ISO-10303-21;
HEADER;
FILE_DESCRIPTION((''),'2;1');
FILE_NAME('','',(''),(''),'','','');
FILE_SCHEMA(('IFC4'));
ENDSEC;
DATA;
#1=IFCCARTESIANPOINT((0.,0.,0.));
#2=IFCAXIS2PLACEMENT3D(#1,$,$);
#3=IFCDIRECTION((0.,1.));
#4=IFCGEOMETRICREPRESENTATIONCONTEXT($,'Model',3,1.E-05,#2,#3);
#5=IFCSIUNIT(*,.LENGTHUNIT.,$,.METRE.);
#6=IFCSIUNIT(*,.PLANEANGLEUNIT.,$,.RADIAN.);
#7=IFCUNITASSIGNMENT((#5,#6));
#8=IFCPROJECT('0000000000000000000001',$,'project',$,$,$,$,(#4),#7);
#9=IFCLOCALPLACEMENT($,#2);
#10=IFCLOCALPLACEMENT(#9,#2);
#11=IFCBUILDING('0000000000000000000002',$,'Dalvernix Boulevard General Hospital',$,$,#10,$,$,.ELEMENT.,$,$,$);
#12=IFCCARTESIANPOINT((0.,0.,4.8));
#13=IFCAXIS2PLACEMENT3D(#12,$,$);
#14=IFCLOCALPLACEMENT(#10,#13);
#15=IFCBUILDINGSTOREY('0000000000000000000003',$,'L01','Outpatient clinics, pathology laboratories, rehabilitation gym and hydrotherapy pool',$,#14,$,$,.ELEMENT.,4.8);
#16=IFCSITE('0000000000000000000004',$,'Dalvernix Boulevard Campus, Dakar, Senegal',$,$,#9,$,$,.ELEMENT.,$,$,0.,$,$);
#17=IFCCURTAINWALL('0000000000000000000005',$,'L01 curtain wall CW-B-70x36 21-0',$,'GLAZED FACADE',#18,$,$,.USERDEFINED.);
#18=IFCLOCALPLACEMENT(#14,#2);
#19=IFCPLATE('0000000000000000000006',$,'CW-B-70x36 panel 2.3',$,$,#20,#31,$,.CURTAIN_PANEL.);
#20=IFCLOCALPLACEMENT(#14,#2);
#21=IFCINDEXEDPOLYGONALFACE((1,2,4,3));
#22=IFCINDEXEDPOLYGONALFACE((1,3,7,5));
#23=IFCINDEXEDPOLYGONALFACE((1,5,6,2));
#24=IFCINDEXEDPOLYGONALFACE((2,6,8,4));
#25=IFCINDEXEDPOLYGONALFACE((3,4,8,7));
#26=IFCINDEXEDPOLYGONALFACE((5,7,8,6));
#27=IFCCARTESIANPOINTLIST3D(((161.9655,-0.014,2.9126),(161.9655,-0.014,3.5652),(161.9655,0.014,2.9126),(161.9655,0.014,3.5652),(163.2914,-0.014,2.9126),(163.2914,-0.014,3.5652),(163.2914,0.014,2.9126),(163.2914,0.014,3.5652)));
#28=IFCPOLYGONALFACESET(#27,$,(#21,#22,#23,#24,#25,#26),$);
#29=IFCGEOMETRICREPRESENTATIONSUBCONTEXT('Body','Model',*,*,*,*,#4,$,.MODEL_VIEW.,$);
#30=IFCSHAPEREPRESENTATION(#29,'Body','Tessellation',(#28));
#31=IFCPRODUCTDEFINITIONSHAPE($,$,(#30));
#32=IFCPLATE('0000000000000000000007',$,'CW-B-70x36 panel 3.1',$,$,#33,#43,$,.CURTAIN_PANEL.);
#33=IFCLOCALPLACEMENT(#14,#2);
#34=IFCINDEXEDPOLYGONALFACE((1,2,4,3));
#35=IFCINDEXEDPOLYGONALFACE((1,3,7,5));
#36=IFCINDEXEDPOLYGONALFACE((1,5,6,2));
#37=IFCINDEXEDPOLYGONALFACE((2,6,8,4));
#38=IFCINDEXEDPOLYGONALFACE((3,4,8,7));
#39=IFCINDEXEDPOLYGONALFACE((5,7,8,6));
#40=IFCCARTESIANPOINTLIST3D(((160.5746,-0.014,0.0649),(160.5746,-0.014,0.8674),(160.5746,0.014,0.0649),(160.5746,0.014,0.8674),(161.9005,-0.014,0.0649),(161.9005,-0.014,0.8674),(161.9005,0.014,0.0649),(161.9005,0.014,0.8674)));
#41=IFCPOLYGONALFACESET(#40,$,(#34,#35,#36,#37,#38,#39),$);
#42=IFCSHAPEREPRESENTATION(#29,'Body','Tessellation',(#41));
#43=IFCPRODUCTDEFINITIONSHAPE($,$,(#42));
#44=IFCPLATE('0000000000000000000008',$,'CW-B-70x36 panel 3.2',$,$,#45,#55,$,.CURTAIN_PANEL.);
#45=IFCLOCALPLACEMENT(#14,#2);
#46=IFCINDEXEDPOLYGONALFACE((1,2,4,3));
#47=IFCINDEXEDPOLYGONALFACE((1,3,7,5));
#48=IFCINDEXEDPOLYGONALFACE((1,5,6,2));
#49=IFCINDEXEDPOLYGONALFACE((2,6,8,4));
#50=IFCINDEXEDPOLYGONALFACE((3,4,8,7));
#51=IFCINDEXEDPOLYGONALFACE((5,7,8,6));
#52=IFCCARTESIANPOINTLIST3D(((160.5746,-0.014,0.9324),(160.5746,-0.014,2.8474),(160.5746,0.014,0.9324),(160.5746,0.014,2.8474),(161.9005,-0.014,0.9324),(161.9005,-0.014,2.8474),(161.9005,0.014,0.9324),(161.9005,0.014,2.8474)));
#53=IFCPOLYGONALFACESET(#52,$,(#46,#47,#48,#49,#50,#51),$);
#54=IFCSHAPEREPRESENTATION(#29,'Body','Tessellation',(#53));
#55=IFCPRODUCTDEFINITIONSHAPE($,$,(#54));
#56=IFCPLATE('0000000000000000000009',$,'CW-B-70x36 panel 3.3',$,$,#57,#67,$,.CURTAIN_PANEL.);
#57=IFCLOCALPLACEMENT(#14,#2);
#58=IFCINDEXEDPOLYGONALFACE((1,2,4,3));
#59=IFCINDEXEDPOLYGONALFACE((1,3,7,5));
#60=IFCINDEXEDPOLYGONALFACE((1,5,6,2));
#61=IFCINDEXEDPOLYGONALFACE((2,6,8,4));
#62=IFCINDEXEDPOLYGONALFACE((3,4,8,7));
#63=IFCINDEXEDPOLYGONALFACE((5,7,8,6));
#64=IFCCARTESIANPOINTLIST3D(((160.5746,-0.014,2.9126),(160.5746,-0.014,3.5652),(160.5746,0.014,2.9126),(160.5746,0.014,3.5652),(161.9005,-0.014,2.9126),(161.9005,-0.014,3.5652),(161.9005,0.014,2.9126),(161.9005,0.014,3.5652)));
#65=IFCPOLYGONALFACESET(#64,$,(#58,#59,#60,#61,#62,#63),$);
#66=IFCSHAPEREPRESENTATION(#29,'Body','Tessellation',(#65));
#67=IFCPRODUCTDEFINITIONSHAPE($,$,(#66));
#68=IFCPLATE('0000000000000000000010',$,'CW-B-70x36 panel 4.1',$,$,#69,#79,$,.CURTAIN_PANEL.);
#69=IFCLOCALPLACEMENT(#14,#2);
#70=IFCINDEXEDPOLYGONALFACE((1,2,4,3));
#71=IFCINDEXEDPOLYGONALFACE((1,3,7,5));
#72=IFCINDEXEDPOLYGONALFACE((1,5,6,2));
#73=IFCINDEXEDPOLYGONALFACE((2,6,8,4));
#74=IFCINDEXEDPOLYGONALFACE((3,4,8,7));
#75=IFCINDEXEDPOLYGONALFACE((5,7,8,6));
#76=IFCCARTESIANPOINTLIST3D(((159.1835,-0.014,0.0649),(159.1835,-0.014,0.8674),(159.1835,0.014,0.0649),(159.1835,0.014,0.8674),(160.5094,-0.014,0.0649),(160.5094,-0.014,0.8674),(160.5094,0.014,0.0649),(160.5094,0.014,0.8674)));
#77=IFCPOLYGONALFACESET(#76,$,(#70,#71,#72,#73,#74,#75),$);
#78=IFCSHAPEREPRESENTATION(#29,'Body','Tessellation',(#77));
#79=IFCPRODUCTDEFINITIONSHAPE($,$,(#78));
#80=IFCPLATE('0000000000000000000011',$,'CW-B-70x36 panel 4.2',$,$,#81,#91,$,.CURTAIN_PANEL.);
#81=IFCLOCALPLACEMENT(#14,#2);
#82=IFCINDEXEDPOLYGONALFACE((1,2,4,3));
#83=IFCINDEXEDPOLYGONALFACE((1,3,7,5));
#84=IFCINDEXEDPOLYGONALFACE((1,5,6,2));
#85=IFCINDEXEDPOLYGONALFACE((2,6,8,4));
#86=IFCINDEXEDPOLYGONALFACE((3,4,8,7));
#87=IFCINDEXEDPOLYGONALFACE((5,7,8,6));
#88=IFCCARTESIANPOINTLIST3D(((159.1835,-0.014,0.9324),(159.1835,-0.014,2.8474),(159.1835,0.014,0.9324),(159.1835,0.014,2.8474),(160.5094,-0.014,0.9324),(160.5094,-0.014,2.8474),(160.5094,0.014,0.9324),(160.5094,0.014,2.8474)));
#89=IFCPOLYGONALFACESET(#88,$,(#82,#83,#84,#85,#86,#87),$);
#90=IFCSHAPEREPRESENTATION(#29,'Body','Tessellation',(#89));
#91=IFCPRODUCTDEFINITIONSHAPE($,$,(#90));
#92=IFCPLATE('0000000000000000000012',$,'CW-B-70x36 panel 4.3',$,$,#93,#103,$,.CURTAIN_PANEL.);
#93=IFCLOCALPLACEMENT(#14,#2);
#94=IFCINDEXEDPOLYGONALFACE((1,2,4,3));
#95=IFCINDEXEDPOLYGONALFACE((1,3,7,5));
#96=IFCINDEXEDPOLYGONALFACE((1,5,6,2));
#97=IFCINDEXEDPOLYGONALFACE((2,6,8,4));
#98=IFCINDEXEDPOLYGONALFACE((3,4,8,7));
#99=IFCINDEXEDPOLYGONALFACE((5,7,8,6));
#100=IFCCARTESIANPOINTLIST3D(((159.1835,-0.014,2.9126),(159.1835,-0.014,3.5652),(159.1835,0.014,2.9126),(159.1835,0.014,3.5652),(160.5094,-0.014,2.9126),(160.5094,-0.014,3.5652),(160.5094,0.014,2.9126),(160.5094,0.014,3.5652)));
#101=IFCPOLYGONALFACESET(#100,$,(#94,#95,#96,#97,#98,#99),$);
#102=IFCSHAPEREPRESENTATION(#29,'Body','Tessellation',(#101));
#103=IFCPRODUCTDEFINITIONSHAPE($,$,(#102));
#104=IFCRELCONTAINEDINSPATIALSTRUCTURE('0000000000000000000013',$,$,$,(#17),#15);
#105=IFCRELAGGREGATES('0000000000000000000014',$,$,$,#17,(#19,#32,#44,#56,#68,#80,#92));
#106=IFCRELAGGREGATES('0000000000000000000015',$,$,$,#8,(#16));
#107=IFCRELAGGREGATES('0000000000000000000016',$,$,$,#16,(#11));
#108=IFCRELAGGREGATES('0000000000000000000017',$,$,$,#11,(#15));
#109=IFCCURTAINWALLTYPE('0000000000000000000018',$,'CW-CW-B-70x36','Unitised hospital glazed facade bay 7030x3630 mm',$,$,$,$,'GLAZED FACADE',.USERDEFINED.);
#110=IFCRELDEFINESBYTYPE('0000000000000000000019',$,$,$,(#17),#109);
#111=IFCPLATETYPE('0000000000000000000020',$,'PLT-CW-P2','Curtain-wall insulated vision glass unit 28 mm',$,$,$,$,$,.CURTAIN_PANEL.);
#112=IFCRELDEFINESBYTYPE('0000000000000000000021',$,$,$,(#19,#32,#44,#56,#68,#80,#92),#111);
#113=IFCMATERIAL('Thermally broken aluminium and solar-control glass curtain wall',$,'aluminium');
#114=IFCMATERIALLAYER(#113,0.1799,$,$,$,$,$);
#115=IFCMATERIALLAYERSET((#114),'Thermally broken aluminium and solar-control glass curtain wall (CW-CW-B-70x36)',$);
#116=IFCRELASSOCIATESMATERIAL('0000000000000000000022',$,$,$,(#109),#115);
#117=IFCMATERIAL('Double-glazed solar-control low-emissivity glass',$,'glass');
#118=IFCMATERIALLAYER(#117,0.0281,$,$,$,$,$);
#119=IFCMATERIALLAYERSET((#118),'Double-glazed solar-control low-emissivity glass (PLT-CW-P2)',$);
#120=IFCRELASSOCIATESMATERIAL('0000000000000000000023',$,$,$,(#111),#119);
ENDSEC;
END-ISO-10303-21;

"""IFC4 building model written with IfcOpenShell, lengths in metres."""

from ifc_helpers import new_model, si_unit, direction, frame, origin, origin_2d, place, context, subcontext, project, spatial, rectangle, extrude, material, layer, layer_set, type_object, element, aggregate, save


model = new_model("IFC4")

# Units and contexts
model_context = context("Model", 3, precision=1e-05, world=origin(), true_north=direction((0.0, 1.0)))
body_context = subcontext(model_context, "Body", "Model", "MODEL_VIEW")
ifc_project = project(units=[si_unit("LENGTHUNIT", "METRE"), si_unit("PLANEANGLEUNIT", "RADIAN")], contexts=[model_context])

# Site, building, storey
site_placement = place(None, origin())
site = spatial("IfcSite", under=ifc_project, at=site_placement, Name="Dalvernix Boulevard Campus, Dakar, Senegal", CompositionType="ELEMENT", RefElevation=0.0)
building_placement = place(site_placement, origin())
building = spatial("IfcBuilding", under=site, at=building_placement, Name="Dalvernix Boulevard General Hospital", CompositionType="ELEMENT")
storey_placement = place(building_placement, frame((0.0, 0.0, 4.8)))
storey = spatial("IfcBuildingStorey", under=building, at=storey_placement, Name="L01", Description="Outpatient clinics, pathology laboratories, rehabilitation gym and hydrotherapy pool", CompositionType="ELEMENT", Elevation=4.8)

# Curtain wall, plates
ifc_material_1 = material(Name="Thermally broken aluminium and solar-control glass curtain wall", Category="aluminium")
ifc_layer_1 = layer(ifc_material_1, 0.1799)
ifc_layer_set_1 = layer_set([ifc_layer_1], Name="Thermally broken aluminium and solar-control glass curtain wall (CW-CW-B-70x36)")
curtain_wall_type = type_object("IfcCurtainWallType", Name="CW-CW-B-70x36", Description="Unitised hospital glazed facade bay 7030x3630 mm", ElementType="GLAZED FACADE", PredefinedType="USERDEFINED", material=ifc_layer_set_1)
curtain_wall_placement = place(storey_placement, origin())
curtain_wall = element("IfcCurtainWall", 1, at=curtain_wall_placement, inside=storey, type_object=curtain_wall_type, Name="L01 curtain wall CW-B-70x36 21-0", ObjectType="GLAZED FACADE", PredefinedType="USERDEFINED")
ifc_material_2 = material(Name="Double-glazed solar-control low-emissivity glass", Category="glass")
ifc_layer_2 = layer(ifc_material_2, 0.0281)
ifc_layer_set_2 = layer_set([ifc_layer_2], Name="Double-glazed solar-control low-emissivity glass (PLT-CW-P2)")
plate_type = type_object("IfcPlateType", Name="PLT-CW-P2", Description="Curtain-wall insulated vision glass unit 28 mm", PredefinedType="CURTAIN_PANEL", material=ifc_layer_set_2)
plate_1_placement = place(storey_placement, frame((162.6284, 0.0, 2.9126), z_axis=(0.0, 0.0, 1.0), x_axis=(-1.0, 0.0, 0.0)))
plate_1 = element("IfcPlate", 2, at=plate_1_placement, type_object=plate_type, Name="CW-B-70x36 panel 2.3", PredefinedType="CURTAIN_PANEL", context=body_context, shape_type="SweptSolid", body=[
    extrude(rectangle(XDim=1.3259, YDim=0.0281, at=origin_2d()), origin(), (0.0, 0.0, 1.0), 0.6526),
])
plate_2_placement = place(storey_placement, frame((161.2375, 0.0, 0.0649), z_axis=(0.0, 0.0, 1.0), x_axis=(-1.0, 0.0, 0.0)))
plate_2 = element("IfcPlate", 3, at=plate_2_placement, type_object=plate_type, Name="CW-B-70x36 panel 3.1", PredefinedType="CURTAIN_PANEL", context=body_context, shape_type="SweptSolid", body=[
    extrude(rectangle(XDim=1.3259, YDim=0.0281, at=origin_2d()), origin(), (0.0, 0.0, 1.0), 0.8025),
])
plate_3_placement = place(storey_placement, frame((161.2375, 0.0, 0.9324), z_axis=(0.0, 0.0, 1.0), x_axis=(-1.0, 0.0, 0.0)))
plate_3 = element("IfcPlate", 4, at=plate_3_placement, type_object=plate_type, Name="CW-B-70x36 panel 3.2", PredefinedType="CURTAIN_PANEL", context=body_context, shape_type="SweptSolid", body=[
    extrude(rectangle(XDim=1.3259, YDim=0.0281, at=origin_2d()), origin(), (0.0, 0.0, 1.0), 1.915),
])
plate_4_placement = place(storey_placement, frame((161.2375, 0.0, 2.9126), z_axis=(0.0, 0.0, 1.0), x_axis=(-1.0, 0.0, 0.0)))
plate_4 = element("IfcPlate", 5, at=plate_4_placement, type_object=plate_type, Name="CW-B-70x36 panel 3.3", PredefinedType="CURTAIN_PANEL", context=body_context, shape_type="SweptSolid", body=[
    extrude(rectangle(XDim=1.3259, YDim=0.0281, at=origin_2d()), origin(), (0.0, 0.0, 1.0), 0.6526),
])
plate_5_placement = place(storey_placement, frame((159.8464, 0.0, 0.0649), z_axis=(0.0, 0.0, 1.0), x_axis=(-1.0, 0.0, 0.0)))
plate_5 = element("IfcPlate", 6, at=plate_5_placement, type_object=plate_type, Name="CW-B-70x36 panel 4.1", PredefinedType="CURTAIN_PANEL", context=body_context, shape_type="SweptSolid", body=[
    extrude(rectangle(XDim=1.3259, YDim=0.0281, at=origin_2d()), origin(), (0.0, 0.0, 1.0), 0.8025),
])
plate_6_placement = place(storey_placement, frame((159.8464, 0.0, 0.9324), z_axis=(0.0, 0.0, 1.0), x_axis=(-1.0, 0.0, 0.0)))
plate_6 = element("IfcPlate", 7, at=plate_6_placement, type_object=plate_type, Name="CW-B-70x36 panel 4.2", PredefinedType="CURTAIN_PANEL", context=body_context, shape_type="SweptSolid", body=[
    extrude(rectangle(XDim=1.3259, YDim=0.0281, at=origin_2d()), origin(), (0.0, 0.0, 1.0), 1.915),
])
plate_7_placement = place(storey_placement, frame((159.8464, 0.0, 2.9126), z_axis=(0.0, 0.0, 1.0), x_axis=(-1.0, 0.0, 0.0)))
plate_7 = element("IfcPlate", 8, at=plate_7_placement, type_object=plate_type, Name="CW-B-70x36 panel 4.3", PredefinedType="CURTAIN_PANEL", context=body_context, shape_type="SweptSolid", body=[
    extrude(rectangle(XDim=1.3259, YDim=0.0281, at=origin_2d()), origin(), (0.0, 0.0, 1.0), 0.6526),
])
aggregate(curtain_wall, [plate_1, plate_2, plate_3, plate_4, plate_5, plate_6, plate_7])

save(model, "model.ifc")
